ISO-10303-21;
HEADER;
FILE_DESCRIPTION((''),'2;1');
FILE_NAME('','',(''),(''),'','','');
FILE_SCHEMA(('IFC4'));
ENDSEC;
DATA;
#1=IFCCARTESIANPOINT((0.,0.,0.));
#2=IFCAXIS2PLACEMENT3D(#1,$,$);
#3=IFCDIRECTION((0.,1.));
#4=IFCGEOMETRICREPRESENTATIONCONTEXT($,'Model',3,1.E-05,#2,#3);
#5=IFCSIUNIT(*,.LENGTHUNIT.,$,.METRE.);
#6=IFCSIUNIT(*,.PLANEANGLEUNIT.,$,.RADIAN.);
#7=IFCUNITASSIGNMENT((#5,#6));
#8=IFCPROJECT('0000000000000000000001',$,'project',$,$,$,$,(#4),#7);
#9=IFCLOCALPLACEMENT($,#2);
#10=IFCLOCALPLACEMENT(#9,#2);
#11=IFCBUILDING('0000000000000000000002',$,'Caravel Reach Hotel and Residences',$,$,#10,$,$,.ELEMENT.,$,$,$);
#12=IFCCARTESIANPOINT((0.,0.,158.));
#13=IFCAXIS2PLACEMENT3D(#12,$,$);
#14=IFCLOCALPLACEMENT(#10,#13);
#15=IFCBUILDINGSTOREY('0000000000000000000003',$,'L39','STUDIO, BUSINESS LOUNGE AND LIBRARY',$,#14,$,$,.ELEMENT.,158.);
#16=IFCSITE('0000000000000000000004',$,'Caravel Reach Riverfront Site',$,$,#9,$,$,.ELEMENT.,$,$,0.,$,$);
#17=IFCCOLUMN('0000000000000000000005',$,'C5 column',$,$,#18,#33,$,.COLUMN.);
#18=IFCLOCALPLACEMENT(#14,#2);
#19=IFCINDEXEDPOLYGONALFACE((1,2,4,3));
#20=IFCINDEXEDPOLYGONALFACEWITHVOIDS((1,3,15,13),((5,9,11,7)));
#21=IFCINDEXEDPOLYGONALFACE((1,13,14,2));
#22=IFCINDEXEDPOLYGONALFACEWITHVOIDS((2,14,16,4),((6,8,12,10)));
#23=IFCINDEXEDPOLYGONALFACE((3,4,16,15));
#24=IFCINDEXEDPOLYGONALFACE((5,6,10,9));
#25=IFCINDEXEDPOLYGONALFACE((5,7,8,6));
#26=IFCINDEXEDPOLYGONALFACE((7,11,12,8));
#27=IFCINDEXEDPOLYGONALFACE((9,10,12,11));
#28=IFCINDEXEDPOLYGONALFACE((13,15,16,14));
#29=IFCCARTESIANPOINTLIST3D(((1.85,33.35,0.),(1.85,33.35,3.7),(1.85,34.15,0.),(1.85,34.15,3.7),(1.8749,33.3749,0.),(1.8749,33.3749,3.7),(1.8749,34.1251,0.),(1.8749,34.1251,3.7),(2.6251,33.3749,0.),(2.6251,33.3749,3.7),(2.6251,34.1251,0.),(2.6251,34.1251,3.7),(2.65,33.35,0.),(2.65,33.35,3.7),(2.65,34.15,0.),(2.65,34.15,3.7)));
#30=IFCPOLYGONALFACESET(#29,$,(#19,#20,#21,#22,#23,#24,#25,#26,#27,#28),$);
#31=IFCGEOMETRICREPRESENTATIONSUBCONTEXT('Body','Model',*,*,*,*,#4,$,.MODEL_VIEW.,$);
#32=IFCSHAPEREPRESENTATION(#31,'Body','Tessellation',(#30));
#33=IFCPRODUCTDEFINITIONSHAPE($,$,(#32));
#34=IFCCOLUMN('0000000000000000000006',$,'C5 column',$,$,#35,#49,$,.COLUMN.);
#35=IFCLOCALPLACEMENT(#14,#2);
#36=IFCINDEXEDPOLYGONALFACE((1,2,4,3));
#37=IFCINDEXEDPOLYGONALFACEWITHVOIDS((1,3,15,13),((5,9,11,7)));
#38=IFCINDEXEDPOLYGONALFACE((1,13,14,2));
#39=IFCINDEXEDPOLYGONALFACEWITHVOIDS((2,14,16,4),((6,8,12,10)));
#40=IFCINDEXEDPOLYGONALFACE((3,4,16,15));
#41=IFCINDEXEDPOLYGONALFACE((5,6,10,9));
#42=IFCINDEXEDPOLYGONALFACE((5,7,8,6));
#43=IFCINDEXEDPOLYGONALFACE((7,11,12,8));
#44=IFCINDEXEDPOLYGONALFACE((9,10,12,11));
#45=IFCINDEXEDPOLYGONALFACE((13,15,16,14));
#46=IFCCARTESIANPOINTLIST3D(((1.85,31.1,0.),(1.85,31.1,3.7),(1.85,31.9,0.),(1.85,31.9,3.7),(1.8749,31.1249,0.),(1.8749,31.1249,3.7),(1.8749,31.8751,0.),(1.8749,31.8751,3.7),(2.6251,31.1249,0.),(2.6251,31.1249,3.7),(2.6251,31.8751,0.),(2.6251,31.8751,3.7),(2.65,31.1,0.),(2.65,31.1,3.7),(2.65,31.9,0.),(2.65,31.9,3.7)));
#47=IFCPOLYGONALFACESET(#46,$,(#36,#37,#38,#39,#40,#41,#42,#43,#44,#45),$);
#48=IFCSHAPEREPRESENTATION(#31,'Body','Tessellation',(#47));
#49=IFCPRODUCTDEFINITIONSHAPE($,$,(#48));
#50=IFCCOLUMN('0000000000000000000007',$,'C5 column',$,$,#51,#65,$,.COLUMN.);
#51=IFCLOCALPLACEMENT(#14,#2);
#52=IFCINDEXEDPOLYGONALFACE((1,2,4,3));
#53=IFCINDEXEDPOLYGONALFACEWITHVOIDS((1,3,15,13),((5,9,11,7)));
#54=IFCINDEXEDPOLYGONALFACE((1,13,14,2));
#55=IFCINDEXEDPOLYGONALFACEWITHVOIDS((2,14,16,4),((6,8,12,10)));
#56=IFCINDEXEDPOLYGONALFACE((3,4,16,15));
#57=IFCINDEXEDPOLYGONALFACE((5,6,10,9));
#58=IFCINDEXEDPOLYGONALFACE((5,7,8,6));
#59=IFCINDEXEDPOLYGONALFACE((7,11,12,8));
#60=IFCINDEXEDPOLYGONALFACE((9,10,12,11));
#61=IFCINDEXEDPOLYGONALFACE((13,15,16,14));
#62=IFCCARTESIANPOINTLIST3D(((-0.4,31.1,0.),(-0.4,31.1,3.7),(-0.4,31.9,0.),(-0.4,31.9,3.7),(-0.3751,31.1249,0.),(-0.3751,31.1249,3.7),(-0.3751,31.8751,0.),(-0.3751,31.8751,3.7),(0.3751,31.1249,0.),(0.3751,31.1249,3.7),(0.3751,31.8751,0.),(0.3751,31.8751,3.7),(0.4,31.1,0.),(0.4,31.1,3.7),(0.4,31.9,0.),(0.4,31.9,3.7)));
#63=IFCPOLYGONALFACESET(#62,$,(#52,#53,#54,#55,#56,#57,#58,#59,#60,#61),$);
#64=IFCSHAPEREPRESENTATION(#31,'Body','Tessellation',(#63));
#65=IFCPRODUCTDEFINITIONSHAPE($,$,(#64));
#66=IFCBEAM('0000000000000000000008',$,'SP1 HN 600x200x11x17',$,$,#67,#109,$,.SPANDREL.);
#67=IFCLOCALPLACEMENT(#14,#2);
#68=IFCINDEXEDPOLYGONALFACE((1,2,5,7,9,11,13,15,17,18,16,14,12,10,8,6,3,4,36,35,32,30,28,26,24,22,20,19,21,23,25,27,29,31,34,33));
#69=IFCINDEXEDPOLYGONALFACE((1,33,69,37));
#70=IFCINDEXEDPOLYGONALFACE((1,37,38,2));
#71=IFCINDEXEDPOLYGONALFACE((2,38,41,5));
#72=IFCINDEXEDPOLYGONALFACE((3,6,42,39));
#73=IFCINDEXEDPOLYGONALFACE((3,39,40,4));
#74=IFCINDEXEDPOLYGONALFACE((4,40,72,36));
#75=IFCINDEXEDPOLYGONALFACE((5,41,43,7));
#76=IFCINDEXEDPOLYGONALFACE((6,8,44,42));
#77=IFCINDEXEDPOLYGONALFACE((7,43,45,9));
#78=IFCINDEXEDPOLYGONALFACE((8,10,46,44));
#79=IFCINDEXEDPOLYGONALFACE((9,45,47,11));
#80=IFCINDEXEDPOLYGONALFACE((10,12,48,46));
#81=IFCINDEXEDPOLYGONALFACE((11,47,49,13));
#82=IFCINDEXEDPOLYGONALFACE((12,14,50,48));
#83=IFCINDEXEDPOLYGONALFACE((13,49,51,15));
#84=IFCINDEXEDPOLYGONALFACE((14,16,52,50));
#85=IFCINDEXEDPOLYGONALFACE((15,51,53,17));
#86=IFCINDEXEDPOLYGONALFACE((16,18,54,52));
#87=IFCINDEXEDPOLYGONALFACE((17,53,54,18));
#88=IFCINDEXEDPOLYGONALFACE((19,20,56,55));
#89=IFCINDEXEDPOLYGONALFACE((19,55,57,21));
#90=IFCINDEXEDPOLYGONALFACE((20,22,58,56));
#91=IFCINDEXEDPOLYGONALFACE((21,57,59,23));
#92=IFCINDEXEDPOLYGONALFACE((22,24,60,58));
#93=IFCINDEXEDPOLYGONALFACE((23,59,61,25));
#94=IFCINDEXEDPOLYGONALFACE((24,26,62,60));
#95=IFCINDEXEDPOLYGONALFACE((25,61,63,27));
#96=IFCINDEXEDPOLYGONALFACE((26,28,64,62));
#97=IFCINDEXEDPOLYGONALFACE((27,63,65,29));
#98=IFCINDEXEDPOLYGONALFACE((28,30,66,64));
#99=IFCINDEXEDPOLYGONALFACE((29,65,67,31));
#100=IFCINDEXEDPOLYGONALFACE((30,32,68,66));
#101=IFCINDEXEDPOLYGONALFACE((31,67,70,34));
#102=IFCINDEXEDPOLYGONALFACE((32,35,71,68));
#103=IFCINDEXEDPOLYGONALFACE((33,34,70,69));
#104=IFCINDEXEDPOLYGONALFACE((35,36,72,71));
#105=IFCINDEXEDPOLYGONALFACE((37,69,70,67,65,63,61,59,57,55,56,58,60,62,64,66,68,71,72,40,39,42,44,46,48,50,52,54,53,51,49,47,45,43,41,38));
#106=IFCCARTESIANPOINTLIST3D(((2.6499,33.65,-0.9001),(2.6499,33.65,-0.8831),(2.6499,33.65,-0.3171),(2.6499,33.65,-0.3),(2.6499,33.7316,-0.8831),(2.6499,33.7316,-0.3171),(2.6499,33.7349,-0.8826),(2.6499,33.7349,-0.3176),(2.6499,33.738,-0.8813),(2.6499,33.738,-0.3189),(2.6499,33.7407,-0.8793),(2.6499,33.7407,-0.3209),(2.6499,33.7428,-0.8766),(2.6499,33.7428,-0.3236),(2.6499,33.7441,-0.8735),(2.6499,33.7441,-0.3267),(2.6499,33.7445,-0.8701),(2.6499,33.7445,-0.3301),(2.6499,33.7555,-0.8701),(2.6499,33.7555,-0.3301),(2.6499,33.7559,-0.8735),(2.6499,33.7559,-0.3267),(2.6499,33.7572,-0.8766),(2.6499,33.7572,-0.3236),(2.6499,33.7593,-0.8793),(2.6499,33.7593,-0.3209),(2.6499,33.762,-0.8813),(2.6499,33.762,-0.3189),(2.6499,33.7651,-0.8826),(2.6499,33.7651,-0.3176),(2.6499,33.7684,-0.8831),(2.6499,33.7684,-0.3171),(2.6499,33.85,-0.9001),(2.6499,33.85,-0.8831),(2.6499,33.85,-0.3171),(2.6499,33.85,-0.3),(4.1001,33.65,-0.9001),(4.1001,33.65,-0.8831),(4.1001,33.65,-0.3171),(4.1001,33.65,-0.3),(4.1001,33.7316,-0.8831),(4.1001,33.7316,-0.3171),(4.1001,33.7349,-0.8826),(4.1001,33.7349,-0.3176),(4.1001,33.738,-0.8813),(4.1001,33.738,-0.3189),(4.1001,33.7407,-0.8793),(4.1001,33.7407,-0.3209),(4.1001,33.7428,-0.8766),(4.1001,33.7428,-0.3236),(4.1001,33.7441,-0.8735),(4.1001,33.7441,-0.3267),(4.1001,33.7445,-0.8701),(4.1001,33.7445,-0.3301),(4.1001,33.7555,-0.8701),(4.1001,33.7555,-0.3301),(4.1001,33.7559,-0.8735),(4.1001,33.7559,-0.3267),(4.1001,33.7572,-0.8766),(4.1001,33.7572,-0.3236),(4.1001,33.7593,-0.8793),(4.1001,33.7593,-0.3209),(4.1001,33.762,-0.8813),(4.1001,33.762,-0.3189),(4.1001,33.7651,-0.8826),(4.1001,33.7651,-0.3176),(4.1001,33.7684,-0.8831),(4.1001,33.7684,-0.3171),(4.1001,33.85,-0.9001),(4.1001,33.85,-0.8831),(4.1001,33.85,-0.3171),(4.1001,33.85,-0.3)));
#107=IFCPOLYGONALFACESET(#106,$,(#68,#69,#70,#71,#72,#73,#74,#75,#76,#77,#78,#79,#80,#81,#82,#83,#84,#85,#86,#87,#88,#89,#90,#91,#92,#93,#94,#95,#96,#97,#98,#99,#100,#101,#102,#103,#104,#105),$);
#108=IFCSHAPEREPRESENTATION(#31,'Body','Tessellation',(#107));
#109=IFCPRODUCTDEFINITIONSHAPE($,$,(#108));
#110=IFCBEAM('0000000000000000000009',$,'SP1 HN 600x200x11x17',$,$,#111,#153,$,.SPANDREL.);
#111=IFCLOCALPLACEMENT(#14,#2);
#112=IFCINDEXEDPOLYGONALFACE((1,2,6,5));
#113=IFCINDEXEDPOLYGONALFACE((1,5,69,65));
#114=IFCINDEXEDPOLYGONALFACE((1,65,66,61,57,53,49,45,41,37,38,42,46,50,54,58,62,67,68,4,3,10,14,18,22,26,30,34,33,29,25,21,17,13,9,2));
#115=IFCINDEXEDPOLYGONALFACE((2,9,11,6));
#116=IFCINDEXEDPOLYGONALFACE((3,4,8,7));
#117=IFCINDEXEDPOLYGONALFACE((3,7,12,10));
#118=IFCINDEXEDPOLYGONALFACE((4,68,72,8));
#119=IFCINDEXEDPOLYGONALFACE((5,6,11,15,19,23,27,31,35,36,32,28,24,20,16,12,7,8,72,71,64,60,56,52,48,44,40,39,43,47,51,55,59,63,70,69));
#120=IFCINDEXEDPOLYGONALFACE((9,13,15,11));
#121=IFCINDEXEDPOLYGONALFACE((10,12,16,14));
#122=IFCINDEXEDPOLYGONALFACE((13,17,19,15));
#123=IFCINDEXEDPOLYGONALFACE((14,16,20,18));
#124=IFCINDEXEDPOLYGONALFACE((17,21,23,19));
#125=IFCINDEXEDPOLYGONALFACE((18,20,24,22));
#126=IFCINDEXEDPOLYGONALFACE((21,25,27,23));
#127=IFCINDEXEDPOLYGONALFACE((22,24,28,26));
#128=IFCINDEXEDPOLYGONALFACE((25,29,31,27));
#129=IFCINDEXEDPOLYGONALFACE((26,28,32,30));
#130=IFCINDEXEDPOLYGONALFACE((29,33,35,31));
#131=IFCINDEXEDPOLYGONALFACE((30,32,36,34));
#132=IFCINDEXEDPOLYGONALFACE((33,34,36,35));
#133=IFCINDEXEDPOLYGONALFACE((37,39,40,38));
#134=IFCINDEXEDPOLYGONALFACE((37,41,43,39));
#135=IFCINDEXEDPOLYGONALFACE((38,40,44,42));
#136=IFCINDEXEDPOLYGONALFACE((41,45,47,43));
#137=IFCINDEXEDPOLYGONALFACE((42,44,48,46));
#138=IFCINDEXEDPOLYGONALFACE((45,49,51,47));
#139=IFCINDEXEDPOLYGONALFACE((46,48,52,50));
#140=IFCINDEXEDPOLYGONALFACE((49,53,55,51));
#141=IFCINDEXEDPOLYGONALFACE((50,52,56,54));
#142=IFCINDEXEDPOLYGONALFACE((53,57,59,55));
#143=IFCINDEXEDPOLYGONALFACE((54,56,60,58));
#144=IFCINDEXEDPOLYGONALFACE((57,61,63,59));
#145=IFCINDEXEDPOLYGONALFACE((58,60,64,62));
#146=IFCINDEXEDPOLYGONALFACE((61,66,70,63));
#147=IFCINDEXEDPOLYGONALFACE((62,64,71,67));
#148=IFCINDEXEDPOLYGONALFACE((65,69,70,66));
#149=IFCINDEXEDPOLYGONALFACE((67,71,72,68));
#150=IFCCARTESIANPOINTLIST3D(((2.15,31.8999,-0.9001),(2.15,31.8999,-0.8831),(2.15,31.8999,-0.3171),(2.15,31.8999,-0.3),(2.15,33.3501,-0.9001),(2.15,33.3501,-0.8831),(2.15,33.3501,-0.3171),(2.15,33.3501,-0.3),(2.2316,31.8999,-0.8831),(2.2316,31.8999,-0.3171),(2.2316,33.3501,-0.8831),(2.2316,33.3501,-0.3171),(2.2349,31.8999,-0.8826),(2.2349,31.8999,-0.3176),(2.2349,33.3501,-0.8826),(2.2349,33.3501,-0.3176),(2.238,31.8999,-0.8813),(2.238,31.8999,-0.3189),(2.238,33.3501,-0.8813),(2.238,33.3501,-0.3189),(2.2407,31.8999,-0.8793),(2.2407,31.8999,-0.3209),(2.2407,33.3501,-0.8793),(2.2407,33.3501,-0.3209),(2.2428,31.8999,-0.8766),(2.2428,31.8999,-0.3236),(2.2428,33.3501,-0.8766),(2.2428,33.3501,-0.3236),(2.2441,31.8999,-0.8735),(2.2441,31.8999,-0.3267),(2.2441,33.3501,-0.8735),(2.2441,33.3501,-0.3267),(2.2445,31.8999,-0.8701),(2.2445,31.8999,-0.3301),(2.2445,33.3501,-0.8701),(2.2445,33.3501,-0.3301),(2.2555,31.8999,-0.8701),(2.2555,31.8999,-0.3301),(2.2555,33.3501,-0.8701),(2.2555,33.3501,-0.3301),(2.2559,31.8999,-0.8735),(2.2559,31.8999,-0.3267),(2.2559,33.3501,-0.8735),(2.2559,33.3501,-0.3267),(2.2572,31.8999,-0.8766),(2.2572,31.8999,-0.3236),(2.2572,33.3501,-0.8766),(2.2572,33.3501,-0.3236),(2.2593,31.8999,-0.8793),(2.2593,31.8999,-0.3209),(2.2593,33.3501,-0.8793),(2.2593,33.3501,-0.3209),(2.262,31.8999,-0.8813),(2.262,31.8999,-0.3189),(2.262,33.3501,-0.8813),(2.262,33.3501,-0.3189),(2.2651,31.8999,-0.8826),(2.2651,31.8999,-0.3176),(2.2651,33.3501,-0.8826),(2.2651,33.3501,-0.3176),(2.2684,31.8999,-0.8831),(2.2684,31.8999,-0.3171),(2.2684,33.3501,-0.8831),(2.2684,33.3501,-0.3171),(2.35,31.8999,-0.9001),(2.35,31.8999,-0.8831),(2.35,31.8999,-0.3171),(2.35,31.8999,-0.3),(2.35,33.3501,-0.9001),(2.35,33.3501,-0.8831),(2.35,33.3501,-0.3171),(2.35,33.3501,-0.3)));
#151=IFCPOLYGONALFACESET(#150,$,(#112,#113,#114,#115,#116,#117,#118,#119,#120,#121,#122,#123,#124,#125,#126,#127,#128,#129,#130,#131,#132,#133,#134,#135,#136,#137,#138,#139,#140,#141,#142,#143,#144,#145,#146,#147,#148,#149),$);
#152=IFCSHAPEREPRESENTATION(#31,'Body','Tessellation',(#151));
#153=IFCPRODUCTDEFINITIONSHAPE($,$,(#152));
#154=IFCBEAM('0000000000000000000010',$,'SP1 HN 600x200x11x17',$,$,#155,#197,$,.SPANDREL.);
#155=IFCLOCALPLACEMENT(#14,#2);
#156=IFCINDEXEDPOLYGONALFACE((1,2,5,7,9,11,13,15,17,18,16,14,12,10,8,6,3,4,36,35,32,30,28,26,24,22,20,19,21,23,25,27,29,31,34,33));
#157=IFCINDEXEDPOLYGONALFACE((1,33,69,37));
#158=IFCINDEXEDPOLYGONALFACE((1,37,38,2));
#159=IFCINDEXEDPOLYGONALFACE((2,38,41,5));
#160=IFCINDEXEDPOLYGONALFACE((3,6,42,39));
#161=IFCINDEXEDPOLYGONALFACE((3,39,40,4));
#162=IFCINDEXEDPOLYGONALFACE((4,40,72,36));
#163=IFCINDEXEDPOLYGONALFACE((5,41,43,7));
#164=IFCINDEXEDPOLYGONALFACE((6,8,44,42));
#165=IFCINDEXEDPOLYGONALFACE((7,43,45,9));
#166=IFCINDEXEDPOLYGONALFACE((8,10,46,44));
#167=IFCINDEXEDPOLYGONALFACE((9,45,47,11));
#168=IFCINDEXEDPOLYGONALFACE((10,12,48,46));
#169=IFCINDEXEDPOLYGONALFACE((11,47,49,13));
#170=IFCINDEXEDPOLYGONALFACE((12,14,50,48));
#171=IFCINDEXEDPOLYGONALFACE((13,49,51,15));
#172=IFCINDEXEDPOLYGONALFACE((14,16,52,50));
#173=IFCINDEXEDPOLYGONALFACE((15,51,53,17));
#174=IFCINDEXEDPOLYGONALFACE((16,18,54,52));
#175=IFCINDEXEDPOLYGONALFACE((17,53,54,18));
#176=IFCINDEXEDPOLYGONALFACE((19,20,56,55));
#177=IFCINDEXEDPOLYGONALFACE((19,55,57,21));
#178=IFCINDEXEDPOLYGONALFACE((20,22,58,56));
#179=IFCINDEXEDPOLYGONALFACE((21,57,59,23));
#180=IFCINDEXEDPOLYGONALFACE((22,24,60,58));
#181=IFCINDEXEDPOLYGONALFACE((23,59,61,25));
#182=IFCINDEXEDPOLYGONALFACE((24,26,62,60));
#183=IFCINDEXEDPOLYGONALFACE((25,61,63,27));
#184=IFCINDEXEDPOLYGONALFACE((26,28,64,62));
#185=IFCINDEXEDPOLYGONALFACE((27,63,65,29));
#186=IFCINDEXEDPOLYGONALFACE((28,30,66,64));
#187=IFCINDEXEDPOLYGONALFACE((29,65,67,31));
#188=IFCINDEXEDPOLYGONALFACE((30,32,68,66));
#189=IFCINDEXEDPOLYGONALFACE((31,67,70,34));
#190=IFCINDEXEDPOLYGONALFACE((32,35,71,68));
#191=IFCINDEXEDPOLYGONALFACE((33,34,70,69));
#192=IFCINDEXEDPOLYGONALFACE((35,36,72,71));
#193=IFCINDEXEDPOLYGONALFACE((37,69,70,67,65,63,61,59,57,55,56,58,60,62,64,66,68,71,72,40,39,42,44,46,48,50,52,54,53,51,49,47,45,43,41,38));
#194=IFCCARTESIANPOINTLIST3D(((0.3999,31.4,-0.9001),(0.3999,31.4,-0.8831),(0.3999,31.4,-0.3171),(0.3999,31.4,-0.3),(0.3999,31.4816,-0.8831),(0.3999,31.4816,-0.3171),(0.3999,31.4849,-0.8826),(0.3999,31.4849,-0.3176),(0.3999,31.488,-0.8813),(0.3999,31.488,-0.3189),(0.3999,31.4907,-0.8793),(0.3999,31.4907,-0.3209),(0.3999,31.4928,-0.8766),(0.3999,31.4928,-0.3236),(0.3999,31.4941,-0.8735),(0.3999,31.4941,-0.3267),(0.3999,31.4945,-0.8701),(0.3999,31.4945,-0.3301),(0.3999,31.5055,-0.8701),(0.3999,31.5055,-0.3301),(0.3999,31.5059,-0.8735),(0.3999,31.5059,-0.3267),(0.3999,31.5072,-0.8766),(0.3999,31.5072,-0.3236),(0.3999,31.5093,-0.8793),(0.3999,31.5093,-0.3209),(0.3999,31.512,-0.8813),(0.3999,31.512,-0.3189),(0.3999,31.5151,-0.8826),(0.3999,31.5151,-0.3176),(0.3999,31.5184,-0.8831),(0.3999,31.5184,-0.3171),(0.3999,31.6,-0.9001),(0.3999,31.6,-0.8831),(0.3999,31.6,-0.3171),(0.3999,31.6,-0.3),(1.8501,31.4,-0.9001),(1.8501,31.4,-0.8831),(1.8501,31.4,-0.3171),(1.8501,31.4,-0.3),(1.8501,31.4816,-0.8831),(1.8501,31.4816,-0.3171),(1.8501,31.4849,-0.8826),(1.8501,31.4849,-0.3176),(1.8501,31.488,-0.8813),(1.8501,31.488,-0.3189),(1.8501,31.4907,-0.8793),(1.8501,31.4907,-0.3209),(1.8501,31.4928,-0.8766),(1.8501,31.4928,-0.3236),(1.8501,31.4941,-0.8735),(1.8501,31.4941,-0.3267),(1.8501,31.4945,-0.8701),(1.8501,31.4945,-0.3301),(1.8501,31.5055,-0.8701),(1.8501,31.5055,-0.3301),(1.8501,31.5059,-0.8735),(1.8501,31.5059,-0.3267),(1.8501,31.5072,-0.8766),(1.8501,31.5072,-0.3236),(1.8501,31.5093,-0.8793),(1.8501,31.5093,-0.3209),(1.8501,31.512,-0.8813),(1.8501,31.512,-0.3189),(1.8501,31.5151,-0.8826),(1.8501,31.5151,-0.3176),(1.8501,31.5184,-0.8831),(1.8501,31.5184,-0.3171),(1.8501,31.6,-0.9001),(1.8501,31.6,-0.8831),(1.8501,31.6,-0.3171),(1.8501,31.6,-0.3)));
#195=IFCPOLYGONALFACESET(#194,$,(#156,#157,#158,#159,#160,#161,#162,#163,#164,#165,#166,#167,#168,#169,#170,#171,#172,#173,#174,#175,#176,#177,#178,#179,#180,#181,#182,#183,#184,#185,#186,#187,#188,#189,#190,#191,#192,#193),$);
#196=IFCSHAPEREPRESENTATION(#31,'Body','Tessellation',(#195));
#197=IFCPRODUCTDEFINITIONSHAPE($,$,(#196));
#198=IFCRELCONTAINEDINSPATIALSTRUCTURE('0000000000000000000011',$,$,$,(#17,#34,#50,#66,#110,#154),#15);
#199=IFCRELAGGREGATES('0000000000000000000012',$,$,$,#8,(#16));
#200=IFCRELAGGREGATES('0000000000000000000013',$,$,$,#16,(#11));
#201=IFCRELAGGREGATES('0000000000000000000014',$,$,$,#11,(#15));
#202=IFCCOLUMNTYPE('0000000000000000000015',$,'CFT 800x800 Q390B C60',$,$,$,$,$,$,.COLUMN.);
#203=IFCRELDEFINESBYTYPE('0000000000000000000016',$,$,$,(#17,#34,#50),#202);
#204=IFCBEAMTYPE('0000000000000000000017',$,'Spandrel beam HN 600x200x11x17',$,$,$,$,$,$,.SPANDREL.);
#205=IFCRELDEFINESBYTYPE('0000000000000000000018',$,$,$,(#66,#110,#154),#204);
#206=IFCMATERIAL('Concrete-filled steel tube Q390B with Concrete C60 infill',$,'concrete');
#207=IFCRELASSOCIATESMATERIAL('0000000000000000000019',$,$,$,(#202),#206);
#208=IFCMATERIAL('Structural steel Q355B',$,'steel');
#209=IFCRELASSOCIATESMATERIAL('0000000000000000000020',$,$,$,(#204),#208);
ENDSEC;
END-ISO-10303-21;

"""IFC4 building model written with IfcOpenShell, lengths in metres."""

from ifc_helpers import new_model, si_unit, direction, frame, origin, origin_2d, place, context, subcontext, project, spatial, hollow_rectangle, i_section, extrude, material, material_profile, profile_set, type_object, element, save


model = new_model("IFC4")

# Units and contexts
model_context = context("Model", 3, precision=1e-05, world=origin(), true_north=direction((0.0, 1.0)))
body_context = subcontext(model_context, "Body", "Model", "MODEL_VIEW")
ifc_project = project(units=[si_unit("LENGTHUNIT", "METRE"), si_unit("PLANEANGLEUNIT", "RADIAN")], contexts=[model_context])

# Site, building, storey
site_placement = place(None, origin())
site = spatial("IfcSite", under=ifc_project, at=site_placement, Name="Caravel Reach Riverfront Site", CompositionType="ELEMENT", RefElevation=0.0)
building_placement = place(site_placement, origin())
building = spatial("IfcBuilding", under=site, at=building_placement, Name="Caravel Reach Hotel and Residences", CompositionType="ELEMENT")
storey_placement = place(building_placement, frame((0.0, 0.0, 158.0)))
storey = spatial("IfcBuildingStorey", under=building, at=storey_placement, Name="L39", Description="STUDIO, BUSINESS LOUNGE AND LIBRARY", CompositionType="ELEMENT", Elevation=158.0)

# Columns
ifc_material_1 = material(Name="Concrete-filled steel tube Q390B with Concrete C60 infill", Category="concrete")
ifc_material_profile_1 = material_profile(ifc_material_1, hollow_rectangle(XDim=0.8, YDim=0.8, WallThickness=0.0249, at=origin_2d()), Name="RHS 800x800x25")
ifc_profile_set_1 = profile_set([ifc_material_profile_1], Name="Concrete-filled steel tube Q390B with Concrete C60 infill")
column_type = type_object("IfcColumnType", Name="CFT 800x800 Q390B C60", PredefinedType="COLUMN", material=ifc_profile_set_1)
for number, where, z_axis, x_axis, name in (
    (1, (2.25, 33.75, 0.0), (0.0, 0.0, 1.0), (1.0, 0.0, 0.0), "C5 column"),
    (2, (2.25, 31.5, 0.0), (0.0, 0.0, 1.0), (1.0, 0.0, 0.0), "C5 column"),
    (3, (0.0, 31.5, 0.0), (0.0, 0.0, 1.0), (1.0, 0.0, 0.0), "C5 column"),
):
    element("IfcColumn", number, at=place(storey_placement, frame(where, z_axis=z_axis, x_axis=x_axis)), inside=storey, type_object=column_type, Name=name, PredefinedType="COLUMN", context=body_context, shape_type="SweptSolid", body=[
        extrude(hollow_rectangle(XDim=0.8, YDim=0.8, WallThickness=0.0249, at=origin_2d()), origin(), (0.0, 0.0, 1.0), 3.7),
    ])

# Beams
ifc_material_2 = material(Name="Structural steel Q355B", Category="steel")
ifc_material_profile_2 = material_profile(ifc_material_2, i_section(OverallWidth=0.2, OverallDepth=0.6001, WebThickness=0.011, FlangeThickness=0.0171, FilletRadius=0.0129, at=origin_2d()), Name="HN 600x200x11x17")
ifc_profile_set_2 = profile_set([ifc_material_profile_2], Name="Structural steel Q355B")
beam_type = type_object("IfcBeamType", Name="Spandrel beam HN 600x200x11x17", PredefinedType="SPANDREL", material=ifc_profile_set_2)
for number, where, z_axis, x_axis, name in (
    (4, (4.1001, 33.75, -0.6001), (-1.0, 0.0, 0.0), (0.0, -1.0, 0.0), "SP1 HN 600x200x11x17"),
    (5, (2.25, 33.3501, -0.6001), (0.0, -1.0, 0.0), (1.0, 0.0, 0.0), "SP1 HN 600x200x11x17"),
    (6, (1.8501, 31.5, -0.6001), (-1.0, 0.0, 0.0), (0.0, -1.0, 0.0), "SP1 HN 600x200x11x17"),
):
    element("IfcBeam", number, at=place(storey_placement, frame(where, z_axis=z_axis, x_axis=x_axis)), inside=storey, type_object=beam_type, Name=name, PredefinedType="SPANDREL", context=body_context, shape_type="SweptSolid", body=[
        extrude(i_section(OverallWidth=0.2, OverallDepth=0.6001, WebThickness=0.011, FlangeThickness=0.0171, FilletRadius=0.0129, at=origin_2d()), origin(), (0.0, 0.0, 1.0), 1.4502),
    ])

save(model, "model.ifc")
